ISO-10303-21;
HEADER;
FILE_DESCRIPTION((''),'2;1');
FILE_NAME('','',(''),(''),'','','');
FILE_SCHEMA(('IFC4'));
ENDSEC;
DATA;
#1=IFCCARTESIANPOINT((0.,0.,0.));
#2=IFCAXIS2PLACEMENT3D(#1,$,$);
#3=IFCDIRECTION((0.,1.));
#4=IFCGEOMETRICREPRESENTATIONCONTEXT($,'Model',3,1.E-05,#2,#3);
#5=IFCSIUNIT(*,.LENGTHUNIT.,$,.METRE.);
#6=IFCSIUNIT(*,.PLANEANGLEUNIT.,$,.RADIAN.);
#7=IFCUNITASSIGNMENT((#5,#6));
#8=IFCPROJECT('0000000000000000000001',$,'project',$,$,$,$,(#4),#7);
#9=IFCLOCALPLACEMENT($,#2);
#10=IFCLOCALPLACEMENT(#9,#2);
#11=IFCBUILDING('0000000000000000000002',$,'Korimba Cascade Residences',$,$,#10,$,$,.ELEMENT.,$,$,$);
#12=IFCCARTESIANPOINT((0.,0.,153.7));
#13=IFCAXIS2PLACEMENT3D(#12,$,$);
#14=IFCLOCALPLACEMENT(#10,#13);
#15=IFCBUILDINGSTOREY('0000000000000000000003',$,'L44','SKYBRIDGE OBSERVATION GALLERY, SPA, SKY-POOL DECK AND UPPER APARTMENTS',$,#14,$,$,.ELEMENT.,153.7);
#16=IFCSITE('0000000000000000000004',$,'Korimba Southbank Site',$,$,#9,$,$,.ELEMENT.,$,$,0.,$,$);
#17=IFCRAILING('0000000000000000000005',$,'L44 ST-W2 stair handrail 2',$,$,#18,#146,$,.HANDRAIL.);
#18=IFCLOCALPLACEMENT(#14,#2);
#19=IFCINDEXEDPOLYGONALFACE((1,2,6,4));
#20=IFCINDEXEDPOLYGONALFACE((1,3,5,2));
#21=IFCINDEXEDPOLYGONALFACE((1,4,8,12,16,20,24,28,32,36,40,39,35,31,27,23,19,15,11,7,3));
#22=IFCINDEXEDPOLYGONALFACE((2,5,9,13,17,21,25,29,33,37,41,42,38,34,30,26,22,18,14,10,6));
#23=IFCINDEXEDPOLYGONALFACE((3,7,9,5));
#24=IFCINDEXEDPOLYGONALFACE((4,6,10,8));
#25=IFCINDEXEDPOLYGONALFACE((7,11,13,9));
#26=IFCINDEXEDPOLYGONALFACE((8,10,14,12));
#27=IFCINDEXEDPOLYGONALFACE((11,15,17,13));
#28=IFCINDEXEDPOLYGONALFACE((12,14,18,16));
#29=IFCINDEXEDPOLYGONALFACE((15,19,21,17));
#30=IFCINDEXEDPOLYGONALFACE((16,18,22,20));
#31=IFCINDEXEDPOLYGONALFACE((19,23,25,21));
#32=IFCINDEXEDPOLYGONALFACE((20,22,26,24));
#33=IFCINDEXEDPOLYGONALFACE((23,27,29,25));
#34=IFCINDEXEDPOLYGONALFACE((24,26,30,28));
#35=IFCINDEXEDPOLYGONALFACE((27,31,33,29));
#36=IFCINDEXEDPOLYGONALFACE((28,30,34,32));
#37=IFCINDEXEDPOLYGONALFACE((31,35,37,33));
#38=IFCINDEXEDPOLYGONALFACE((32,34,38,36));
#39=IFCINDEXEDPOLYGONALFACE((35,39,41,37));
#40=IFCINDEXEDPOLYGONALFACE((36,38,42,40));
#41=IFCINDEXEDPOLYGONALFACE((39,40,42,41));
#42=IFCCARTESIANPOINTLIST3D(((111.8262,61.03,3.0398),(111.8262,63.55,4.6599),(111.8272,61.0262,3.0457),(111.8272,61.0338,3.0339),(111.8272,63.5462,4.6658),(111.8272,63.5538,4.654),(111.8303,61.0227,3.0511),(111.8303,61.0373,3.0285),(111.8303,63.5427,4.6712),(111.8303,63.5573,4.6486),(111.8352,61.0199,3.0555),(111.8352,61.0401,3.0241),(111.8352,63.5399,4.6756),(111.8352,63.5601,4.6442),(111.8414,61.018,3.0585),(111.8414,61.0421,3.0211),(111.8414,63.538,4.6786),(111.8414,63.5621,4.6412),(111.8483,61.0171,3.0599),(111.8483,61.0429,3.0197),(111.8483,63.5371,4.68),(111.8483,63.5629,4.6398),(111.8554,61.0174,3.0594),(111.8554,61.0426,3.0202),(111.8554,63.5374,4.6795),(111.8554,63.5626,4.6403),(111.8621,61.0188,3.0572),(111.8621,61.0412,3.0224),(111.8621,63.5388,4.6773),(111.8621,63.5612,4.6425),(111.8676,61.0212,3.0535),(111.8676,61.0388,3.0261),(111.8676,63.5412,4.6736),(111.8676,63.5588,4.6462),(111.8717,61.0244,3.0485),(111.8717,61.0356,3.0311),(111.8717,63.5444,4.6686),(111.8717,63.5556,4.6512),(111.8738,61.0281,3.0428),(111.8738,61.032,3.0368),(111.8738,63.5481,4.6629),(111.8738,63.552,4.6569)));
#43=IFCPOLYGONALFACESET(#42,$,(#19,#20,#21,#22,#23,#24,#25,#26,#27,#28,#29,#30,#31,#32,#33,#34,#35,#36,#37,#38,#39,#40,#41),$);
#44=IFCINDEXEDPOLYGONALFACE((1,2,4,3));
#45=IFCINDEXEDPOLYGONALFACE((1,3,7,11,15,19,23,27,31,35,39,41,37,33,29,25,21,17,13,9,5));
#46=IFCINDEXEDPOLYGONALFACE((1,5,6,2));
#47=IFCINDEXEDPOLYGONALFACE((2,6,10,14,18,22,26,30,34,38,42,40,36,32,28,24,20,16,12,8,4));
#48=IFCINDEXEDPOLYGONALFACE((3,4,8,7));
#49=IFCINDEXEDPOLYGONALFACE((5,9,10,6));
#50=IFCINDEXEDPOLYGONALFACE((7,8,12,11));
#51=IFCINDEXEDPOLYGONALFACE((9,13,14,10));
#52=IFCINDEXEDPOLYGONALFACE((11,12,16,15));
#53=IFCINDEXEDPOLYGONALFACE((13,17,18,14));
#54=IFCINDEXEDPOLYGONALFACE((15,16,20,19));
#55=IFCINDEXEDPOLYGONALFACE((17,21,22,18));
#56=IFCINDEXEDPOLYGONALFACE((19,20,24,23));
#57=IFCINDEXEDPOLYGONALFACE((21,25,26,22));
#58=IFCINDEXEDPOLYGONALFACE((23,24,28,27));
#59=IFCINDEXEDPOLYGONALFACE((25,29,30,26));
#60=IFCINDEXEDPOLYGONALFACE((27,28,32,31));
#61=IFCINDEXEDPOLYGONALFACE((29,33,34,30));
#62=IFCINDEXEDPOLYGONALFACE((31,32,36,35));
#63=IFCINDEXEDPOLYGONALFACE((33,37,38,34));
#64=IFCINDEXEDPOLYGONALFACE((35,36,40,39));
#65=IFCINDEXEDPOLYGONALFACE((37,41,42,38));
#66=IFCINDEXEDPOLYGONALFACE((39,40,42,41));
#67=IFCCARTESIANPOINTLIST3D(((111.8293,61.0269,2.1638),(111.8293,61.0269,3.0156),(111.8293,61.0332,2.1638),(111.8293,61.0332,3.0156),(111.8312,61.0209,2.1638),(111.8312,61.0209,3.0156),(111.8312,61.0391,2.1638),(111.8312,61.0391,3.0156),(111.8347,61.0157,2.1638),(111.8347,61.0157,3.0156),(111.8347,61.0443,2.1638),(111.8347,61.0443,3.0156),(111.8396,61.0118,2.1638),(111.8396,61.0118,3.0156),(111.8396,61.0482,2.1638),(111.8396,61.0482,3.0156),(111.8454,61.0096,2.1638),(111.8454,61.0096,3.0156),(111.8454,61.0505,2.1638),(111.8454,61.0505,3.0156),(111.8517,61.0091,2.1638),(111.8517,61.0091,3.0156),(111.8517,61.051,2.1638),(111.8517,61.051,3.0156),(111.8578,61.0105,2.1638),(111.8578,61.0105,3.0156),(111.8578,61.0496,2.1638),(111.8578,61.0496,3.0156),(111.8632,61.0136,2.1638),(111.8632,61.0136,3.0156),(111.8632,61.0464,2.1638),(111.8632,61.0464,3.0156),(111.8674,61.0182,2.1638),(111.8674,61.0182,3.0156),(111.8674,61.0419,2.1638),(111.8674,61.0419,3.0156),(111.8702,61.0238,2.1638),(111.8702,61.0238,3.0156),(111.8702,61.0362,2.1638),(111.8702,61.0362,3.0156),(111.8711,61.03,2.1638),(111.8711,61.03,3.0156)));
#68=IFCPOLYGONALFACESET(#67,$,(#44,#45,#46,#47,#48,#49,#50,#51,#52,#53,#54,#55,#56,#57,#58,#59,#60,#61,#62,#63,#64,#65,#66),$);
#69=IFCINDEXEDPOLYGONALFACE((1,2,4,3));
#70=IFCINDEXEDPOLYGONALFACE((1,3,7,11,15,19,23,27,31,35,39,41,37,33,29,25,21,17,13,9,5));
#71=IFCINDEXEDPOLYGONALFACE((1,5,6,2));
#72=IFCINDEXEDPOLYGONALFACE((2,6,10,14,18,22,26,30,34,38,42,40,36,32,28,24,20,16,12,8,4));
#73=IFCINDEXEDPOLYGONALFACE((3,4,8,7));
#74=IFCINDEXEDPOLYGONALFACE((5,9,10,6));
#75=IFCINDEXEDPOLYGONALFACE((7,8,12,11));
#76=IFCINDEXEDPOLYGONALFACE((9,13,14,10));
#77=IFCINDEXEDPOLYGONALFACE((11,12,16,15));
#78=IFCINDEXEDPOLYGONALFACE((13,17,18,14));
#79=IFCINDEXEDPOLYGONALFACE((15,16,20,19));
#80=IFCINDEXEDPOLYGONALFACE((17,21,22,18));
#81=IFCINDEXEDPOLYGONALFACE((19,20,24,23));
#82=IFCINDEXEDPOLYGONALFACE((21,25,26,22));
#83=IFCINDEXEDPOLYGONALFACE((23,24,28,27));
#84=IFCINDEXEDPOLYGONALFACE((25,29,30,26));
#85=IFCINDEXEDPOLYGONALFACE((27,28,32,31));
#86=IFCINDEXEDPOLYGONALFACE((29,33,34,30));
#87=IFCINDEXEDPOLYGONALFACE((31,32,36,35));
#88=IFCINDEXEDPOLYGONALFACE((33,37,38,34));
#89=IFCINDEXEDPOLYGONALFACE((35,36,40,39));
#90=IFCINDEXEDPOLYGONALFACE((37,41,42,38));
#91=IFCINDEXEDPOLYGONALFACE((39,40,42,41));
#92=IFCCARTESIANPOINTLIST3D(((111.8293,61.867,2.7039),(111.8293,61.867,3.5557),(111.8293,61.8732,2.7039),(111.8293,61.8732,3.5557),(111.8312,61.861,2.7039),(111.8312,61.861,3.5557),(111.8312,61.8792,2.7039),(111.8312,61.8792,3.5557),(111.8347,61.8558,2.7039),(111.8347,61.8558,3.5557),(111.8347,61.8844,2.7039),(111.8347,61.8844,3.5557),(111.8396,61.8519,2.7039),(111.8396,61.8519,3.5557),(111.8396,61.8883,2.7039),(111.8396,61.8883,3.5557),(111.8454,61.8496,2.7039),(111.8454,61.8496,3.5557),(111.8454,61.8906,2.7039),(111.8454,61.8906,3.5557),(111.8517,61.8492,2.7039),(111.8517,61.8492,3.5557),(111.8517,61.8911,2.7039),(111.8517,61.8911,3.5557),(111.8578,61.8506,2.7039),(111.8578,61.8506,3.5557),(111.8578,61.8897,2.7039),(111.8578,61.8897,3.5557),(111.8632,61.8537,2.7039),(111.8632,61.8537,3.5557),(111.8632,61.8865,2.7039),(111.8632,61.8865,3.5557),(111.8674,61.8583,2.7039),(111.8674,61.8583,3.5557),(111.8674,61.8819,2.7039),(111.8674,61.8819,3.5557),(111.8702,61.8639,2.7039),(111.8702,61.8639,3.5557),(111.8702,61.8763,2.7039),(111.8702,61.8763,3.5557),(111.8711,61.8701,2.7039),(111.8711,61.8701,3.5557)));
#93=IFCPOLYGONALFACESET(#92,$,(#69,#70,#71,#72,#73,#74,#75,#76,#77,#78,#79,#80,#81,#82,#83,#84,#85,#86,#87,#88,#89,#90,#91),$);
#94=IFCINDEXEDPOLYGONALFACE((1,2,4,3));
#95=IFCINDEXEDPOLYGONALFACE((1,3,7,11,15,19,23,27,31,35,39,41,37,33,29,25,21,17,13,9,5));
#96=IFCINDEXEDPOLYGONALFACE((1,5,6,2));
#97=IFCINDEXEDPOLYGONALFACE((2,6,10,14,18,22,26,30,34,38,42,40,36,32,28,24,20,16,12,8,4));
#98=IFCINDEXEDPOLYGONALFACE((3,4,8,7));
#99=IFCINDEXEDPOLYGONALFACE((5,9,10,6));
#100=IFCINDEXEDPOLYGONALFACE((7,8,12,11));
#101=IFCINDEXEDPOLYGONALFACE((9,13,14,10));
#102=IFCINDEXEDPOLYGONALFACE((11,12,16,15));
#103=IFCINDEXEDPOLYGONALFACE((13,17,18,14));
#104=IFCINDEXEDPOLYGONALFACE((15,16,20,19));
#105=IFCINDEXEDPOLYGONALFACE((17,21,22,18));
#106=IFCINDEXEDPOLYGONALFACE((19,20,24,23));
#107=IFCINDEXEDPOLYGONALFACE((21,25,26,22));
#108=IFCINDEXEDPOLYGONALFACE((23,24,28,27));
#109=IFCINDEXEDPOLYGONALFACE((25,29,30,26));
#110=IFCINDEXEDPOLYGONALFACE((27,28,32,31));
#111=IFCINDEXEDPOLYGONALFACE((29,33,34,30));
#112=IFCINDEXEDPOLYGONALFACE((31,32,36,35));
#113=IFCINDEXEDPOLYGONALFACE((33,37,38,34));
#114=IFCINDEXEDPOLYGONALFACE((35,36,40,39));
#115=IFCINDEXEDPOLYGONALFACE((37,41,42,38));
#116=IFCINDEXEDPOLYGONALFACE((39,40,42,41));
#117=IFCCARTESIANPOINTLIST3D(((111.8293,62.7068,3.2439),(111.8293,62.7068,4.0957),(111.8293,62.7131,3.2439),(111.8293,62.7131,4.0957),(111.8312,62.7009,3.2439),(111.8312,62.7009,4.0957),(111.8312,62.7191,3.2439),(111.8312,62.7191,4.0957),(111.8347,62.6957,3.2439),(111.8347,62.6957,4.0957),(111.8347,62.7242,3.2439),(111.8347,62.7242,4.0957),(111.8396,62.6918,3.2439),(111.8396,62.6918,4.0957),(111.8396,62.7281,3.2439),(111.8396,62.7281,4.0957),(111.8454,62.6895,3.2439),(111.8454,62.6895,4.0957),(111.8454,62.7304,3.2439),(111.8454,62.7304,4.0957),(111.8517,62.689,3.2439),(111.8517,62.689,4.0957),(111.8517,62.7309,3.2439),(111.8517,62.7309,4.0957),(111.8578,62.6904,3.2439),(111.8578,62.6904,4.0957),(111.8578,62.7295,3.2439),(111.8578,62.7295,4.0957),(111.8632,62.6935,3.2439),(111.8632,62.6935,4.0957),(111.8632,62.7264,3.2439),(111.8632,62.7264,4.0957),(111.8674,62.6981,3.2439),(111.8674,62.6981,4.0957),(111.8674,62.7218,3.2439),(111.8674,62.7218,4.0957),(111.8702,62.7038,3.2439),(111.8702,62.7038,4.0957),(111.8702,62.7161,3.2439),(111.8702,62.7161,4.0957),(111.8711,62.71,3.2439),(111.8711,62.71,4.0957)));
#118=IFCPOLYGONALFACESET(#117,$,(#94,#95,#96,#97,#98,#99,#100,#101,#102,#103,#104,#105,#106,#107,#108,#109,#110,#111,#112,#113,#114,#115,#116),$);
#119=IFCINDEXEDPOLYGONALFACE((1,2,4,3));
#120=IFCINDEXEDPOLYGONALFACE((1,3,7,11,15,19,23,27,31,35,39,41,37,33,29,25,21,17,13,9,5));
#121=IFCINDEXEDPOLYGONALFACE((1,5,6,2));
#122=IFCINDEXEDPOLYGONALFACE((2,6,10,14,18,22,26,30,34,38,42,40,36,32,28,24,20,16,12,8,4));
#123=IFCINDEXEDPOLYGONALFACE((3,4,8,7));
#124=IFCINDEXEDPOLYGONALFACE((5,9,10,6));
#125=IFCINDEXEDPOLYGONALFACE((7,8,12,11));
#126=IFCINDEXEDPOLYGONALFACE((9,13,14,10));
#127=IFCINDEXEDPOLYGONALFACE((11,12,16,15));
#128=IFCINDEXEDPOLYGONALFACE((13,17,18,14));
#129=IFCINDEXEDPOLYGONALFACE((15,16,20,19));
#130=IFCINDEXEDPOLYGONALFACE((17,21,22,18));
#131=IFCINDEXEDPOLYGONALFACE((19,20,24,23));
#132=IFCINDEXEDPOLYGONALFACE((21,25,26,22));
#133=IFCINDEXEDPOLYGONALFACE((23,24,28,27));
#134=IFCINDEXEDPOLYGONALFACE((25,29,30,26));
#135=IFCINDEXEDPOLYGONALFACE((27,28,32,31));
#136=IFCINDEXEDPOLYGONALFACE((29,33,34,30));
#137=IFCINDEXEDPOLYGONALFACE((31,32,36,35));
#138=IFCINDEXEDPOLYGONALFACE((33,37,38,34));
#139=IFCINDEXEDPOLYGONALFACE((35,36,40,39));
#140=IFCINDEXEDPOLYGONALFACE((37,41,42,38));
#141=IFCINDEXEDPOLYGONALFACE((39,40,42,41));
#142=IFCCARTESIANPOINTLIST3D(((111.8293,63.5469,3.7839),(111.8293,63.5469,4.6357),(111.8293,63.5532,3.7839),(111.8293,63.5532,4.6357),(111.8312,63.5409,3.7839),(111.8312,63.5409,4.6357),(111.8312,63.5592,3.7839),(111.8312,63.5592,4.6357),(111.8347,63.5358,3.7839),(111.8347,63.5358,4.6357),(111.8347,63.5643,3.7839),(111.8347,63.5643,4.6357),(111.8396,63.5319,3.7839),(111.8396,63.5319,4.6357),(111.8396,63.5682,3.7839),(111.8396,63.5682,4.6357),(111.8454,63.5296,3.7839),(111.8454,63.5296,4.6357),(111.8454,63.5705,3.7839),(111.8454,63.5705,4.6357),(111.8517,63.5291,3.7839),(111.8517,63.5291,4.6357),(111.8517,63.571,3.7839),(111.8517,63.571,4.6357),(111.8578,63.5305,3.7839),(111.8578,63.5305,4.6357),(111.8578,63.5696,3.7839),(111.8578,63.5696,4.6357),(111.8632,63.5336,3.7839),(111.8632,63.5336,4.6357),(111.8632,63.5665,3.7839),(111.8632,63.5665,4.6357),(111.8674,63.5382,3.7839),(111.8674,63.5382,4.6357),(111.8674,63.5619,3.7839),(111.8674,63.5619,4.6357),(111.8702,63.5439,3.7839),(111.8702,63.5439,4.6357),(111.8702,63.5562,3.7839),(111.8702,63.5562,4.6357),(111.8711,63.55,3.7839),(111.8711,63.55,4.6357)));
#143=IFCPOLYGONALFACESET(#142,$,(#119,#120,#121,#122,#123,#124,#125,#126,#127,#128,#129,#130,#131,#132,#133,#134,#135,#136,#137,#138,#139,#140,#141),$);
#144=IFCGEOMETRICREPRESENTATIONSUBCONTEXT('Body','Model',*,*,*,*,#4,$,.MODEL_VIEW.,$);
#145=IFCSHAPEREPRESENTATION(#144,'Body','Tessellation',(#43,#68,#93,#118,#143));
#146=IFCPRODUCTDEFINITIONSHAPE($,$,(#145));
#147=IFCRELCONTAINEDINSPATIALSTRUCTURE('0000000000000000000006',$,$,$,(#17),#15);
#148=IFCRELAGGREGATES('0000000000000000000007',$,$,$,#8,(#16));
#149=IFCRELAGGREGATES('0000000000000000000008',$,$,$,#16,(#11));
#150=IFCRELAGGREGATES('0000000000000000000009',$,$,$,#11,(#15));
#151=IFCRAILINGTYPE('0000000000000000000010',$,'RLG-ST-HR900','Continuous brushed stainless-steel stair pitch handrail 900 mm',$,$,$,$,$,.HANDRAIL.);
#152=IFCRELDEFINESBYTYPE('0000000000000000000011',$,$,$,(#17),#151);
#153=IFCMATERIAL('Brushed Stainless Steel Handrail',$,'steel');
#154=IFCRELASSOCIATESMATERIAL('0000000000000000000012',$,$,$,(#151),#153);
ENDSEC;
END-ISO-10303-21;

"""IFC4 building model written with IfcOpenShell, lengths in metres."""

from ifc_helpers import new_model, si_unit, direction, frame, origin, origin_2d, place, context, subcontext, project, spatial, circle, extrude, material, type_object, element, save


model = new_model("IFC4")

# Units and contexts
model_context = context("Model", 3, precision=1e-05, world=origin(), true_north=direction((0.0, 1.0)))
body_context = subcontext(model_context, "Body", "Model", "MODEL_VIEW")
ifc_project = project(units=[si_unit("LENGTHUNIT", "METRE"), si_unit("PLANEANGLEUNIT", "RADIAN")], contexts=[model_context])

# Site, building, storey
site_placement = place(None, origin())
site = spatial("IfcSite", under=ifc_project, at=site_placement, Name="Korimba Southbank Site", CompositionType="ELEMENT", RefElevation=0.0)
building_placement = place(site_placement, origin())
building = spatial("IfcBuilding", under=site, at=building_placement, Name="Korimba Cascade Residences", CompositionType="ELEMENT")
storey_placement = place(building_placement, frame((0.0, 0.0, 153.7)))
storey = spatial("IfcBuildingStorey", under=building, at=storey_placement, Name="L44", Description="SKYBRIDGE OBSERVATION GALLERY, SPA, SKY-POOL DECK AND UPPER APARTMENTS", CompositionType="ELEMENT", Elevation=153.7)

# Railing
ifc_material_1 = material(Name="Brushed Stainless Steel Handrail", Category="steel")
railing_type_1 = type_object("IfcRailingType", Name="RLG-ST-HR900", Description="Continuous brushed stainless-steel stair pitch handrail 900 mm", PredefinedType="HANDRAIL", material=ifc_material_1)
railing_1_placement = place(storey_placement, frame((111.8501, 61.03, 2.1638)))
element("IfcRailing", 1, at=railing_1_placement, inside=storey, type_object=railing_type_1, Name="L44 ST-W2 stair handrail 2", PredefinedType="HANDRAIL", context=body_context, shape_type="SweptSolid", body=[
    extrude(circle(Radius=0.0239, at=origin_2d()), frame((0.0, 0.0, 0.876), z_axis=(0.0, 0.841163, 0.540782), x_axis=(-1.0, 0.0, 0.0)), (0.0, 0.0, 1.0), 2.9958),
    extrude(circle(Radius=0.021, at=origin_2d()), origin(), (0.0, 0.0, 1.0), 0.8518),
    extrude(circle(Radius=0.021, at=origin_2d()), frame((0.0, 0.8401, 0.54)), (0.0, 0.0, 1.0), 0.8518),
    extrude(circle(Radius=0.021, at=origin_2d()), frame((0.0, 1.6799, 1.0801)), (0.0, 0.0, 1.0), 0.8518),
    extrude(circle(Radius=0.021, at=origin_2d()), frame((0.0, 2.52, 1.6201)), (0.0, 0.0, 1.0), 0.8518),
])

save(model, "model.ifc")
